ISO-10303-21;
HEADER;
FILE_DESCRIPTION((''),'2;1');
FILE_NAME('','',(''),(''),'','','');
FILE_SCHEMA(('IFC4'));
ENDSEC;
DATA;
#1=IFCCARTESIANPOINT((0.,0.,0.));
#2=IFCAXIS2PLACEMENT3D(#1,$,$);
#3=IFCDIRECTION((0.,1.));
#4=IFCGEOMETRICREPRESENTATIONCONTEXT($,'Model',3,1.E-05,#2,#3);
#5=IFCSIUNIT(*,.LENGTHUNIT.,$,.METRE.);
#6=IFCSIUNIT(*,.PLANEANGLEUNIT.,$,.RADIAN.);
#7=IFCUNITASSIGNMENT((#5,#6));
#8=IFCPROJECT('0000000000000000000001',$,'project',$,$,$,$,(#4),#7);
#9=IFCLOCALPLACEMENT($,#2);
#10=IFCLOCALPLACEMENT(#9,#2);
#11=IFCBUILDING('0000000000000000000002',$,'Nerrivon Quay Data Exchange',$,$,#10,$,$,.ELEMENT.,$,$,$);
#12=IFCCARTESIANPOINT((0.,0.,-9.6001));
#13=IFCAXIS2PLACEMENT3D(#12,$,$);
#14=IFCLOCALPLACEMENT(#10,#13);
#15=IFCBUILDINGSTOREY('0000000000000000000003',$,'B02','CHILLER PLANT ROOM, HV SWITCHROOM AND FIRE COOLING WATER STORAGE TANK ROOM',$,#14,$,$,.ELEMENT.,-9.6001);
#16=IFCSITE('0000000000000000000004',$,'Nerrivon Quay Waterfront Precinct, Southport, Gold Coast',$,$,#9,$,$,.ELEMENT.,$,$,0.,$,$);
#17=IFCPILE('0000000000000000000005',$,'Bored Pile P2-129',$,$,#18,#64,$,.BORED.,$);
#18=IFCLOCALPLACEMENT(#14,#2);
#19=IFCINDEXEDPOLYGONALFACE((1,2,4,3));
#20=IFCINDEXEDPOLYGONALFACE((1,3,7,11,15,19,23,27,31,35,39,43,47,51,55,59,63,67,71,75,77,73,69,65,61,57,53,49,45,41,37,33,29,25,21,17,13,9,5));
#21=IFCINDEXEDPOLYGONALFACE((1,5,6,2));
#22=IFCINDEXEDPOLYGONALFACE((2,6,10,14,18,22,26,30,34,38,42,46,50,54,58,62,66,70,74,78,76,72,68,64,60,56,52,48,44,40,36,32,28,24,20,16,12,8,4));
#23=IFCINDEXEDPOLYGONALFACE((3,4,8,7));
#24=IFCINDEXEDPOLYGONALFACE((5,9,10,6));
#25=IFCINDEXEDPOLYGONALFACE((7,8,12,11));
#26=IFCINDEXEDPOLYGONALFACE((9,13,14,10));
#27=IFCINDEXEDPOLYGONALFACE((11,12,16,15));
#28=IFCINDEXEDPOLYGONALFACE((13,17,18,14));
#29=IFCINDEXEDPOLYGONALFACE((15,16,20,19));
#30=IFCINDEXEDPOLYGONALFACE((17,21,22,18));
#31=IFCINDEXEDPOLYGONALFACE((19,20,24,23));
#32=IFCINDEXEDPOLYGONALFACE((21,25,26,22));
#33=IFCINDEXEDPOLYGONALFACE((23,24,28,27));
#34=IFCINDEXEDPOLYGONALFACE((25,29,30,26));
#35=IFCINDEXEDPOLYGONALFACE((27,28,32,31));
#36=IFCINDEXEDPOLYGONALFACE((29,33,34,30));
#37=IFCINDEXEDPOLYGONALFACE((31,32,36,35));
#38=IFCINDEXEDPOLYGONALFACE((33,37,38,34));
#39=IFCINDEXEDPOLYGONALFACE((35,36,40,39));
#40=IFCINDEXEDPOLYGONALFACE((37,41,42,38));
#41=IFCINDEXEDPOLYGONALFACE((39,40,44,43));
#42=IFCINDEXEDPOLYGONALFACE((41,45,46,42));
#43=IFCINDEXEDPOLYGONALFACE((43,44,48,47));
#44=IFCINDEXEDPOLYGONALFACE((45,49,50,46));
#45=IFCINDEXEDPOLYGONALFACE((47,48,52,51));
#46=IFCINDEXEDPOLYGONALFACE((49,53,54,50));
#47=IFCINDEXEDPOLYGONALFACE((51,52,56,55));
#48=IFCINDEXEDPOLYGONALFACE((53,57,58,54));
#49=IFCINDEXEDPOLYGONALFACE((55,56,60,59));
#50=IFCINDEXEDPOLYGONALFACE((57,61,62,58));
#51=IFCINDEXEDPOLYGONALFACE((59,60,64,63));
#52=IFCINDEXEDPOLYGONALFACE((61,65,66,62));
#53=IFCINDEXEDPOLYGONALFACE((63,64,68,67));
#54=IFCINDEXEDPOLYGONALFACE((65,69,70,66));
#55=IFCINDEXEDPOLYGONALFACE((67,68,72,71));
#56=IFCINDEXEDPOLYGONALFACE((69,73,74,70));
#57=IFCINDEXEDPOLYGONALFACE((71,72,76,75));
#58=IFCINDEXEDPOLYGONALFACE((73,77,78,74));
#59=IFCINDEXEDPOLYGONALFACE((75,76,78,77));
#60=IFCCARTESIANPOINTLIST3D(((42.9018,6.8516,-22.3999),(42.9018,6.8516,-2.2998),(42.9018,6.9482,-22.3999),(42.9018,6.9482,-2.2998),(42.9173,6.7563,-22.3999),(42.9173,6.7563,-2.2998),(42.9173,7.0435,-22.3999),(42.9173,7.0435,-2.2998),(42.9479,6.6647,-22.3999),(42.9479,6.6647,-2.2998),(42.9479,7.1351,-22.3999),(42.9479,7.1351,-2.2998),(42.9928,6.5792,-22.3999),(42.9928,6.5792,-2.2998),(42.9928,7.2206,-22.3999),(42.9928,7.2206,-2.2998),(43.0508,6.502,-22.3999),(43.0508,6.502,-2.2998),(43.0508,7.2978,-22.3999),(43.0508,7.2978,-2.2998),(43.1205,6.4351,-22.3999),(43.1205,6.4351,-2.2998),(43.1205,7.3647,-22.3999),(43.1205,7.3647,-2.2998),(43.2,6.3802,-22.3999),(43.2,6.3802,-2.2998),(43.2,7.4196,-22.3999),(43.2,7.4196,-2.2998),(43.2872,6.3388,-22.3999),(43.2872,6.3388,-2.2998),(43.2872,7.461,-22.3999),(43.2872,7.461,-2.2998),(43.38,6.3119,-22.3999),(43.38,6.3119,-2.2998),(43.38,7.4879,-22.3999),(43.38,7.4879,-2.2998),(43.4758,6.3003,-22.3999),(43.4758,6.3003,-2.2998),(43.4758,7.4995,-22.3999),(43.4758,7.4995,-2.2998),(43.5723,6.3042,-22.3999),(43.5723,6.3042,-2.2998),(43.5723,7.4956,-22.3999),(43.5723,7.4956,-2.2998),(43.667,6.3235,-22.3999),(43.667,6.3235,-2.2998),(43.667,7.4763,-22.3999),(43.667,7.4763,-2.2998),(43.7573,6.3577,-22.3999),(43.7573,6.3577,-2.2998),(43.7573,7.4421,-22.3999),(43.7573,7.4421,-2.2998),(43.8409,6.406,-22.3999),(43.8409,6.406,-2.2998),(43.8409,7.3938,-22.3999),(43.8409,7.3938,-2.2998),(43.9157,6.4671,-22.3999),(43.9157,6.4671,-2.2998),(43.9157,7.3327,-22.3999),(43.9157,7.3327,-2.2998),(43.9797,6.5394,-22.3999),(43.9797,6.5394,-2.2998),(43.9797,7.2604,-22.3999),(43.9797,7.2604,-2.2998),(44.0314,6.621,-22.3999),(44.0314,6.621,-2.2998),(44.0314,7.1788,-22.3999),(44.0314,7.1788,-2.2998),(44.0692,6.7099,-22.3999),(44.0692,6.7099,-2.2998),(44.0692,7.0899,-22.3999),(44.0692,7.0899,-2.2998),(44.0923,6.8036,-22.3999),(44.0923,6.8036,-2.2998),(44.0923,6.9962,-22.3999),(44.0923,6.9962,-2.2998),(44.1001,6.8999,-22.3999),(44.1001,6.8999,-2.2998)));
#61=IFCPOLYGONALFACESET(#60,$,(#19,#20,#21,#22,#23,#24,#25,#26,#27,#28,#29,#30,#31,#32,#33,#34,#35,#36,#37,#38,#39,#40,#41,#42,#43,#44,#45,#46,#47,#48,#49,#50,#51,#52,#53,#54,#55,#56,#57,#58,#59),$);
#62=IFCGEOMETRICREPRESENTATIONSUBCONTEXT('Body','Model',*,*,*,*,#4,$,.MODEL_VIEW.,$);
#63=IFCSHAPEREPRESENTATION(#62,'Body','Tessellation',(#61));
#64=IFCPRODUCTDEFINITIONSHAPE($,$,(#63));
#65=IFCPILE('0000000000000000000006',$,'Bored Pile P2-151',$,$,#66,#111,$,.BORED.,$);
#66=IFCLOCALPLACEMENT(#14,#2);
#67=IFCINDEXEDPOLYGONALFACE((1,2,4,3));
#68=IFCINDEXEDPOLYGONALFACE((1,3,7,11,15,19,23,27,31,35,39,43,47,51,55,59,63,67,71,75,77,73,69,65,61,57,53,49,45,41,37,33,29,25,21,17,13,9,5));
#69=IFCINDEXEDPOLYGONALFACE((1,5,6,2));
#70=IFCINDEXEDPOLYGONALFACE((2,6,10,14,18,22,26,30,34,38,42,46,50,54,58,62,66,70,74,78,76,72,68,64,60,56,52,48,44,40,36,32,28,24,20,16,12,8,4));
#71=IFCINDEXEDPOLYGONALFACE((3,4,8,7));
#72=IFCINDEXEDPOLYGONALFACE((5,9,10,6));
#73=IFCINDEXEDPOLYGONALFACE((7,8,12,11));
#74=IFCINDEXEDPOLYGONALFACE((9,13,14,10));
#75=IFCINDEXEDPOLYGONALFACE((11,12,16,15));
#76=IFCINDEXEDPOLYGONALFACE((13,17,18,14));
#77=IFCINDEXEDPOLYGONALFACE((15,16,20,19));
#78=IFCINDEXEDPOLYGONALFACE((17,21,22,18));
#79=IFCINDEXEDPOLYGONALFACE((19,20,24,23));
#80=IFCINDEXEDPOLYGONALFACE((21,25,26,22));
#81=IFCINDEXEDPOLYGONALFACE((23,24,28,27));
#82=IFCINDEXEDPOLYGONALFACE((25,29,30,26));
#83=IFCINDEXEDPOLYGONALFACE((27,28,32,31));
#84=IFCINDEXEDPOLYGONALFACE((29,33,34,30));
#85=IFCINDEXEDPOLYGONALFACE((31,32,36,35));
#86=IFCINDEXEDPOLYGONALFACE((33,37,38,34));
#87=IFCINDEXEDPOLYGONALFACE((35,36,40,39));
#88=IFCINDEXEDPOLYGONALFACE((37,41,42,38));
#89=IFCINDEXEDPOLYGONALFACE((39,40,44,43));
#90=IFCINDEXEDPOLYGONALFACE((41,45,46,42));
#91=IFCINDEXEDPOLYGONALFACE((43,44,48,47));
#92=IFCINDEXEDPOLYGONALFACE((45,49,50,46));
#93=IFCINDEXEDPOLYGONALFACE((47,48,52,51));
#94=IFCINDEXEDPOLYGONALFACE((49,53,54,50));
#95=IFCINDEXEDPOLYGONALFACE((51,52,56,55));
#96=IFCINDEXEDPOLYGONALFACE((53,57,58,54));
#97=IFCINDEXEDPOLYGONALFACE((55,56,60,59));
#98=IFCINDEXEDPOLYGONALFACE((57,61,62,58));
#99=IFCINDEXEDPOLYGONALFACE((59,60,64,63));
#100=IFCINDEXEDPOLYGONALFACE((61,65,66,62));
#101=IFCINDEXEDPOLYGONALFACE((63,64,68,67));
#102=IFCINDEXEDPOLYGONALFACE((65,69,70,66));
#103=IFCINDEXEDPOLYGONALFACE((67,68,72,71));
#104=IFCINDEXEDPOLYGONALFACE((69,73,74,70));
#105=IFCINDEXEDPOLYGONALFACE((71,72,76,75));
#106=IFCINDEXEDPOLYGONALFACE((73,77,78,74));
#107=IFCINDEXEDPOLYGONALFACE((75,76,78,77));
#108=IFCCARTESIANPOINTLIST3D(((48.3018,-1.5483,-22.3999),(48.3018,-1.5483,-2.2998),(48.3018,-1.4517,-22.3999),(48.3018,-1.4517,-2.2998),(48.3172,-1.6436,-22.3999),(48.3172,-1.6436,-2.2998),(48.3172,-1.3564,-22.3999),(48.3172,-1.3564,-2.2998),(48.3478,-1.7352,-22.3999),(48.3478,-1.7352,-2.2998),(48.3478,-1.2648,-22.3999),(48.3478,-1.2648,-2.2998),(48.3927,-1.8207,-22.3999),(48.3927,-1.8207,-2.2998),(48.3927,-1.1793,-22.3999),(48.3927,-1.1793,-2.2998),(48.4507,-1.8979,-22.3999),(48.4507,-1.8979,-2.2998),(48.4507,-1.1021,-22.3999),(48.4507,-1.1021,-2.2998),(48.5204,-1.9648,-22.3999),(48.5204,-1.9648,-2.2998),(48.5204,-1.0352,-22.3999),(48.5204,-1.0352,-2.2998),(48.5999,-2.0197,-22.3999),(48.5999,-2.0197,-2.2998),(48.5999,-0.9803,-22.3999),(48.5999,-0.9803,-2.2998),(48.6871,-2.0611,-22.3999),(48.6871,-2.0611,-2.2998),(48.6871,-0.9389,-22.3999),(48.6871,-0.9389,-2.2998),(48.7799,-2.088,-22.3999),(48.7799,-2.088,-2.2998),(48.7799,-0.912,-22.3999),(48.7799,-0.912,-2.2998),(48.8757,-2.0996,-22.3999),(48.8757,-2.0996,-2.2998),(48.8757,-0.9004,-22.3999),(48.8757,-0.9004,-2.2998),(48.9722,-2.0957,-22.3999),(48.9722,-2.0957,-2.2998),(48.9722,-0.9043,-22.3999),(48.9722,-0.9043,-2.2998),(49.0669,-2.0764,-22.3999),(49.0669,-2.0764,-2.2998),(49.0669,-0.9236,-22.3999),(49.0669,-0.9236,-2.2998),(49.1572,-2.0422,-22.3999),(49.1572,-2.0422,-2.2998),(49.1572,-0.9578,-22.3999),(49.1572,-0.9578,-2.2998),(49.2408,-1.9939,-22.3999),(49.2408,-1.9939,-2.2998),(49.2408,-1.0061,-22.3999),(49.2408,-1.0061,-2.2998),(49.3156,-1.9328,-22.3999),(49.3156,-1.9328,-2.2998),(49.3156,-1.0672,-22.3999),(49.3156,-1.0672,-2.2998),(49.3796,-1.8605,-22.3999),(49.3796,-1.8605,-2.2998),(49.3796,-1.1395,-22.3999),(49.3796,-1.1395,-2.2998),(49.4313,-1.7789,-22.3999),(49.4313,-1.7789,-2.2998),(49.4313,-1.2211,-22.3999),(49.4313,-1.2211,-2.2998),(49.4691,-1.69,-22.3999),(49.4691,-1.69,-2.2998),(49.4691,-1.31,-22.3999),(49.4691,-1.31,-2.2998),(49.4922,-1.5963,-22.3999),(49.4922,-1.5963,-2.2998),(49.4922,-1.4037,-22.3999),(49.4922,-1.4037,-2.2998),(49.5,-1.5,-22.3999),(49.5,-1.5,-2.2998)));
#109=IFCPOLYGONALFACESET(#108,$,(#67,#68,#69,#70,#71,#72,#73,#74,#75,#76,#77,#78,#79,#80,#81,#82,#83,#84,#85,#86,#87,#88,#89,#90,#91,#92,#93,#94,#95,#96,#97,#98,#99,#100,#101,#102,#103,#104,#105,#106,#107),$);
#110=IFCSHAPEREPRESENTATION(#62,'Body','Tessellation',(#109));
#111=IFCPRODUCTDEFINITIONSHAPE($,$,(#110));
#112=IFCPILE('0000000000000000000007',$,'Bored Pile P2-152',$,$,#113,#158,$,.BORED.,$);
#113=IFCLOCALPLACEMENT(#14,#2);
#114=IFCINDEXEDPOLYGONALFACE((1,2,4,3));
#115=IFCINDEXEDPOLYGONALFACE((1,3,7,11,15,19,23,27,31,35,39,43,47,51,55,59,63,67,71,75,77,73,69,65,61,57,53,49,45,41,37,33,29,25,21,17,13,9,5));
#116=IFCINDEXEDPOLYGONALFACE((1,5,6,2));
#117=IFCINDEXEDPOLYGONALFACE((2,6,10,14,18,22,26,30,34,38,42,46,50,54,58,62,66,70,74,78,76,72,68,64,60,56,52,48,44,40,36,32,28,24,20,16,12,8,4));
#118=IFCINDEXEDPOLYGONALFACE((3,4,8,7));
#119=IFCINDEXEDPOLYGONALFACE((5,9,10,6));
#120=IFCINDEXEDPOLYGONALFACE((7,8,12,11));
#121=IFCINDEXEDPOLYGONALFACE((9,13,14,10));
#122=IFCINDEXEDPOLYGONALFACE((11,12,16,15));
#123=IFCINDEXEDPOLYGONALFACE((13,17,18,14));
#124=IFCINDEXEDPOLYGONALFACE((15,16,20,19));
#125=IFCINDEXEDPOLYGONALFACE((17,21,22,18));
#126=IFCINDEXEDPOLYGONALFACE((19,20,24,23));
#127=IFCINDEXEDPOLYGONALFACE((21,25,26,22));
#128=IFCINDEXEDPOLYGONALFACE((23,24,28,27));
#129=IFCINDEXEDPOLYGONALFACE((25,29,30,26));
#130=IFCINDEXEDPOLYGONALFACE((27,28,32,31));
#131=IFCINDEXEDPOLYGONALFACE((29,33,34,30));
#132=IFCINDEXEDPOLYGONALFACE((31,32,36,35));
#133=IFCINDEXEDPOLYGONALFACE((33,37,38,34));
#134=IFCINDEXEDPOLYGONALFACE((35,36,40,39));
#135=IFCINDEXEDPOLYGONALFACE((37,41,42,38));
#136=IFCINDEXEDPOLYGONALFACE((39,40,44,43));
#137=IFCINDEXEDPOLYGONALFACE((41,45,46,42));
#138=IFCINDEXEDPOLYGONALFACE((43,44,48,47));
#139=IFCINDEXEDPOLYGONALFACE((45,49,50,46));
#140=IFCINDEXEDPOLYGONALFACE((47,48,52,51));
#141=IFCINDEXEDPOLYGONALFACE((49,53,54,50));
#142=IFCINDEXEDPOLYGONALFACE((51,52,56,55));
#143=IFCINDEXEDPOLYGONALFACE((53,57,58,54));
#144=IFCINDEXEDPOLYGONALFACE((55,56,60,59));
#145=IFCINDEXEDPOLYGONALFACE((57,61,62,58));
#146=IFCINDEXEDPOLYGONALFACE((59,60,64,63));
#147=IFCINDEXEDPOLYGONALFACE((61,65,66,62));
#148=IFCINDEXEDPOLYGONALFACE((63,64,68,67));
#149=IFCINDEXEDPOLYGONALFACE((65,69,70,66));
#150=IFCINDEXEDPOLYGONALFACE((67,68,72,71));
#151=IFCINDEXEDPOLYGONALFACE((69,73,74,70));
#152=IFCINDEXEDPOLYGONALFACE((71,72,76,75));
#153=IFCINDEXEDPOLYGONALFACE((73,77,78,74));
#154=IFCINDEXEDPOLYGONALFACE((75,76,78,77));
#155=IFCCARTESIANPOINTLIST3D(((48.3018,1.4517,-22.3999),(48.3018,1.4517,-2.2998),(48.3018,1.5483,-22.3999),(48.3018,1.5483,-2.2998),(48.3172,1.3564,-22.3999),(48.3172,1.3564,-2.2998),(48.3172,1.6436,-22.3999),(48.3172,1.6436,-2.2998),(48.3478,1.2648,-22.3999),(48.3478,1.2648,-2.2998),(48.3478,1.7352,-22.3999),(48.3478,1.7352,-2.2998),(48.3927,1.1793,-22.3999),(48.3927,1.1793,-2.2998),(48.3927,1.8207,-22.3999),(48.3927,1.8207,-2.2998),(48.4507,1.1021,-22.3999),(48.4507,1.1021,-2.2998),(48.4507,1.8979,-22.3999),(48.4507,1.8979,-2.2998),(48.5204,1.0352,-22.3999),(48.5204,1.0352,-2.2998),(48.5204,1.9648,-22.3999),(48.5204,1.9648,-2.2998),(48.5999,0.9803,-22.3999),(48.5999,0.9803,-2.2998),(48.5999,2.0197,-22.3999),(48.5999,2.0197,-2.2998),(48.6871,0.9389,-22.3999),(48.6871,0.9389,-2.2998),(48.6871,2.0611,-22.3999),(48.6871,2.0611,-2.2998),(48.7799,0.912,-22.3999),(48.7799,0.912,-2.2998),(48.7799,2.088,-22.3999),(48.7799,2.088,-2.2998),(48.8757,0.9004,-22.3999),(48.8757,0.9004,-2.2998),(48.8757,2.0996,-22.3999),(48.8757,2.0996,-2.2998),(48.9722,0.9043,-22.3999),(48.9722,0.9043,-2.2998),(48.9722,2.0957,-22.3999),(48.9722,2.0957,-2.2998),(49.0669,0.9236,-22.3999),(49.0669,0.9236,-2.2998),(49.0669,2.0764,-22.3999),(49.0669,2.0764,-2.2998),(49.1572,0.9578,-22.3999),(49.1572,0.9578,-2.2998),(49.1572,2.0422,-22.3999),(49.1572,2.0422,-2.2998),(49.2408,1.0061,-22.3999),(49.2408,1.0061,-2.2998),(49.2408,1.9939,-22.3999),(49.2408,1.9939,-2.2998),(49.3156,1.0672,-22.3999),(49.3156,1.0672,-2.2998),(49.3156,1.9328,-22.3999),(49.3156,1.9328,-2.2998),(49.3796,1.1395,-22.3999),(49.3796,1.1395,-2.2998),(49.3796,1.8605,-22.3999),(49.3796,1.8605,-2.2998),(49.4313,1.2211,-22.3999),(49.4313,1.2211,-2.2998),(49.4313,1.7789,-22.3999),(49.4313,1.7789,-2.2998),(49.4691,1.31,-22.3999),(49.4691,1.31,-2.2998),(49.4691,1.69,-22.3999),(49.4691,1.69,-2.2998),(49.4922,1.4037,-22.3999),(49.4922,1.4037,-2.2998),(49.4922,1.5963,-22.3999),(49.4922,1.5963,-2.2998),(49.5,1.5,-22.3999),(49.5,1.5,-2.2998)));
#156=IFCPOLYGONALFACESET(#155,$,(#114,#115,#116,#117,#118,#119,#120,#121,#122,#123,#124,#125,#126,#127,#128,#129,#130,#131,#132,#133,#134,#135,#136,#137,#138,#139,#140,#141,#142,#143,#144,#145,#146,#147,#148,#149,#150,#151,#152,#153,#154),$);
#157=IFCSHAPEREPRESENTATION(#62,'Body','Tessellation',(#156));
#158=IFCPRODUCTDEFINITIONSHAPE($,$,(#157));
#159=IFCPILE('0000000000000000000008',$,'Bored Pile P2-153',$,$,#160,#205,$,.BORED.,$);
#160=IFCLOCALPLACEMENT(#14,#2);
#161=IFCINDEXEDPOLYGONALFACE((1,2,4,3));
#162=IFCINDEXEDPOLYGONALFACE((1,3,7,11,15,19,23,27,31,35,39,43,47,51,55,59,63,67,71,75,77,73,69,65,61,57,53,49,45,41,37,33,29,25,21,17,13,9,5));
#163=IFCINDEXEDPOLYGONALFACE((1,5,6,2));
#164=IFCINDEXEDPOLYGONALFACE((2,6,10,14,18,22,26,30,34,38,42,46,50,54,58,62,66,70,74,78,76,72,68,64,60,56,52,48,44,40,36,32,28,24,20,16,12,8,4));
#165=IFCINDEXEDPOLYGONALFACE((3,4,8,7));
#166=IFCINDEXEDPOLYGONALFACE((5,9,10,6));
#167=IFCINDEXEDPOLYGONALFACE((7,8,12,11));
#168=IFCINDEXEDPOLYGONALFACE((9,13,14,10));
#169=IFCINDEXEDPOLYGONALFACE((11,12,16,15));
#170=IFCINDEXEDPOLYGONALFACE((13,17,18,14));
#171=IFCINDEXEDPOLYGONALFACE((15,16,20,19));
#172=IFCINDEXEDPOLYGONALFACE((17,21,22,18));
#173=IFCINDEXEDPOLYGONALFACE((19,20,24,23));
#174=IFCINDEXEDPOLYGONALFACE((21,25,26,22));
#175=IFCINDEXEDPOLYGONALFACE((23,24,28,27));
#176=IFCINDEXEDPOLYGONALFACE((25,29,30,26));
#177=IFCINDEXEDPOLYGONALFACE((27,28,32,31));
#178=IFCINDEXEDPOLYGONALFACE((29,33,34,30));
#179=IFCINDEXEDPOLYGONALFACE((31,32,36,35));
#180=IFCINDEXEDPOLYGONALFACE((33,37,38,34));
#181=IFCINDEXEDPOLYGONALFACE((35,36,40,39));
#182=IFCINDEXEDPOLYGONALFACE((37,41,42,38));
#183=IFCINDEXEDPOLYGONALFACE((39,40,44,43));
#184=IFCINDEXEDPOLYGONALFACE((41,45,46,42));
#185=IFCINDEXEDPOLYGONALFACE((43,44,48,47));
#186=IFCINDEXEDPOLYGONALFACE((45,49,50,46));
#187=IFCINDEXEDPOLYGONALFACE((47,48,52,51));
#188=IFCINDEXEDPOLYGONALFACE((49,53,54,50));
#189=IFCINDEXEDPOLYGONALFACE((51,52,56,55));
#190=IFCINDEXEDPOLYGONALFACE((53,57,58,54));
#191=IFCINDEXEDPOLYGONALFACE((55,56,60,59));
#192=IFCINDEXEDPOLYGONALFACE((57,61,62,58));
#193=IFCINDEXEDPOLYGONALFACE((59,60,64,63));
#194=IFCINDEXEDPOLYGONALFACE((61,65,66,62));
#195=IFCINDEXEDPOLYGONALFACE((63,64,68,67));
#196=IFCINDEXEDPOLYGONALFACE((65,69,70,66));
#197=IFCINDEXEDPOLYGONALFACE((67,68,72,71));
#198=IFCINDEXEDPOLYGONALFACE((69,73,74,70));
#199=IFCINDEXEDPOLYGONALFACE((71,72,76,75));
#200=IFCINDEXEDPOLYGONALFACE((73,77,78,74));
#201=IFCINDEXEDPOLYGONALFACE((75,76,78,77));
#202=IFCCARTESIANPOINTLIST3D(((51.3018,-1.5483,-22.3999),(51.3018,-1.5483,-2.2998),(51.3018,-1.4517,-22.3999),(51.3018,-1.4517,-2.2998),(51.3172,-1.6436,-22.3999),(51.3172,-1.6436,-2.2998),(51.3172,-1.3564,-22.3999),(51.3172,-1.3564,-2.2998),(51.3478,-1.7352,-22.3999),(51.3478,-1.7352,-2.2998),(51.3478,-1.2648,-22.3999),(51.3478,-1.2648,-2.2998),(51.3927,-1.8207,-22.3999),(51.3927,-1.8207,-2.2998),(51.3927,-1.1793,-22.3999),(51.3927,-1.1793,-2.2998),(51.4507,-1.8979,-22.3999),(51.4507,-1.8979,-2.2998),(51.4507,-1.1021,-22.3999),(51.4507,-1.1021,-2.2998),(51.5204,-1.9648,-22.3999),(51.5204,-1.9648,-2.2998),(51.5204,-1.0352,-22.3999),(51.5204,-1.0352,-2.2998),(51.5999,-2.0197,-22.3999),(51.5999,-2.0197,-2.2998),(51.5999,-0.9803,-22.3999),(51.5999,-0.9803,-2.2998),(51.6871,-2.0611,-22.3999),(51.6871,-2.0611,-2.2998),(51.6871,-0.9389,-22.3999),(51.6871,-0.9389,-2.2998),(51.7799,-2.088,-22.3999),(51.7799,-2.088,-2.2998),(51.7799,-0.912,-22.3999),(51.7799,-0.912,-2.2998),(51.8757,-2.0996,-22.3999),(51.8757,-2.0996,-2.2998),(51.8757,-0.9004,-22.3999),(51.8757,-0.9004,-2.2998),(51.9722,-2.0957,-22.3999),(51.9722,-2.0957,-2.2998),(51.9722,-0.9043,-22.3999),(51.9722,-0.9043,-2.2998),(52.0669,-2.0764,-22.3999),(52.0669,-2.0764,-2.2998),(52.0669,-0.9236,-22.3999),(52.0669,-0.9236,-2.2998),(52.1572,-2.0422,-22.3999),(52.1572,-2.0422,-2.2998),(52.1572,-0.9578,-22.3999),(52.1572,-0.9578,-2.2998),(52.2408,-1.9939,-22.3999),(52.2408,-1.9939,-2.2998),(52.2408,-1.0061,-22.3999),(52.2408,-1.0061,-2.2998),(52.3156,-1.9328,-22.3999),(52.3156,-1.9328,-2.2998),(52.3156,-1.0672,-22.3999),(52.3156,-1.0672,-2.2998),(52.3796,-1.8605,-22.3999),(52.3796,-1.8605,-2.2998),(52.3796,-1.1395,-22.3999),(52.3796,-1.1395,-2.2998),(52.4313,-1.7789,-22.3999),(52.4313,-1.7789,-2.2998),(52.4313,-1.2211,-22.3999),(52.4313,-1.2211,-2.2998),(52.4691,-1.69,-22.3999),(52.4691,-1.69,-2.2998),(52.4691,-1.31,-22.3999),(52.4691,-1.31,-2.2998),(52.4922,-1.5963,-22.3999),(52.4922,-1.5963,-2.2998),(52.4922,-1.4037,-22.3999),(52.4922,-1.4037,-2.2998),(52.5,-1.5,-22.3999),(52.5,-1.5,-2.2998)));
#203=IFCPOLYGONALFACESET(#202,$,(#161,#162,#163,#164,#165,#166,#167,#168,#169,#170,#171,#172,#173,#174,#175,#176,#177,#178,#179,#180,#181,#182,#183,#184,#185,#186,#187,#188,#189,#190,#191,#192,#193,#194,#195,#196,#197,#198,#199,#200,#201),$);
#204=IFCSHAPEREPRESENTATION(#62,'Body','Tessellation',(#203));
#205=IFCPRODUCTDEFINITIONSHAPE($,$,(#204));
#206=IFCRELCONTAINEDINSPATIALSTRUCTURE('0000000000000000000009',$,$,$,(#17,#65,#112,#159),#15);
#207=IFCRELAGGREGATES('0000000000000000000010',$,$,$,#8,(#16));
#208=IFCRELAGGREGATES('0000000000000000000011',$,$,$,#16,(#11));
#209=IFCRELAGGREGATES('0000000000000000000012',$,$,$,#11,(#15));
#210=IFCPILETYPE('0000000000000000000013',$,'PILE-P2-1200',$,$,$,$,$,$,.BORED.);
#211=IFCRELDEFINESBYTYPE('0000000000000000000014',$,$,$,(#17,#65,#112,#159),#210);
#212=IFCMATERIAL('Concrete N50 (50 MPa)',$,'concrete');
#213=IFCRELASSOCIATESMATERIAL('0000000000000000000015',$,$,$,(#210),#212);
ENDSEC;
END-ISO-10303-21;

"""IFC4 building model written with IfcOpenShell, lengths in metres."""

from ifc_helpers import new_model, si_unit, direction, frame, origin, origin_2d, place, context, subcontext, project, spatial, circle, extrude, material, material_profile, profile_set, type_object, element, save


model = new_model("IFC4")

# Units and contexts
model_context = context("Model", 3, precision=1e-05, world=origin(), true_north=direction((0.0, 1.0)))
body_context = subcontext(model_context, "Body", "Model", "MODEL_VIEW")
ifc_project = project(units=[si_unit("LENGTHUNIT", "METRE"), si_unit("PLANEANGLEUNIT", "RADIAN")], contexts=[model_context])

# Site, building, storey
site_placement = place(None, origin())
site = spatial("IfcSite", under=ifc_project, at=site_placement, Name="Nerrivon Quay Waterfront Precinct, Southport, Gold Coast", CompositionType="ELEMENT", RefElevation=0.0)
building_placement = place(site_placement, origin())
building = spatial("IfcBuilding", under=site, at=building_placement, Name="Nerrivon Quay Data Exchange", CompositionType="ELEMENT")
storey_placement = place(building_placement, frame((0.0, 0.0, -9.6001)))
storey = spatial("IfcBuildingStorey", under=building, at=storey_placement, Name="B02", Description="CHILLER PLANT ROOM, HV SWITCHROOM AND FIRE COOLING WATER STORAGE TANK ROOM", CompositionType="ELEMENT", Elevation=-9.6001)

# Piles
ifc_material_1 = material(Name="Concrete N50 (50 MPa)", Category="concrete")
ifc_material_profile_1 = material_profile(ifc_material_1, circle(Radius=0.6001, at=origin_2d()), Name="PILE-1200")
ifc_profile_set_1 = profile_set([ifc_material_profile_1], Name="Concrete N50 (50 MPa)")
pile_type = type_object("IfcPileType", Name="PILE-P2-1200", PredefinedType="BORED", material=ifc_profile_set_1)
for number, where, z_axis, x_axis, name in (
    (1, (43.5, 6.8999, -2.2998), (0.0, 0.0, -1.0), (1.0, 0.0, 0.0), "Bored Pile P2-129"),
    (2, (48.8999, -1.5, -2.2998), (0.0, 0.0, -1.0), (1.0, 0.0, 0.0), "Bored Pile P2-151"),
    (3, (48.8999, 1.5, -2.2998), (0.0, 0.0, -1.0), (1.0, 0.0, 0.0), "Bored Pile P2-152"),
    (4, (51.8999, -1.5, -2.2998), (0.0, 0.0, -1.0), (1.0, 0.0, 0.0), "Bored Pile P2-153"),
):
    element("IfcPile", number, at=place(storey_placement, frame(where, z_axis=z_axis, x_axis=x_axis)), inside=storey, type_object=pile_type, Name=name, PredefinedType="BORED", context=body_context, shape_type="SweptSolid", body=[
        extrude(circle(Radius=0.6001, at=origin_2d()), origin(), (0.0, 0.0, 1.0), 20.1001),
    ])

save(model, "model.ifc")
